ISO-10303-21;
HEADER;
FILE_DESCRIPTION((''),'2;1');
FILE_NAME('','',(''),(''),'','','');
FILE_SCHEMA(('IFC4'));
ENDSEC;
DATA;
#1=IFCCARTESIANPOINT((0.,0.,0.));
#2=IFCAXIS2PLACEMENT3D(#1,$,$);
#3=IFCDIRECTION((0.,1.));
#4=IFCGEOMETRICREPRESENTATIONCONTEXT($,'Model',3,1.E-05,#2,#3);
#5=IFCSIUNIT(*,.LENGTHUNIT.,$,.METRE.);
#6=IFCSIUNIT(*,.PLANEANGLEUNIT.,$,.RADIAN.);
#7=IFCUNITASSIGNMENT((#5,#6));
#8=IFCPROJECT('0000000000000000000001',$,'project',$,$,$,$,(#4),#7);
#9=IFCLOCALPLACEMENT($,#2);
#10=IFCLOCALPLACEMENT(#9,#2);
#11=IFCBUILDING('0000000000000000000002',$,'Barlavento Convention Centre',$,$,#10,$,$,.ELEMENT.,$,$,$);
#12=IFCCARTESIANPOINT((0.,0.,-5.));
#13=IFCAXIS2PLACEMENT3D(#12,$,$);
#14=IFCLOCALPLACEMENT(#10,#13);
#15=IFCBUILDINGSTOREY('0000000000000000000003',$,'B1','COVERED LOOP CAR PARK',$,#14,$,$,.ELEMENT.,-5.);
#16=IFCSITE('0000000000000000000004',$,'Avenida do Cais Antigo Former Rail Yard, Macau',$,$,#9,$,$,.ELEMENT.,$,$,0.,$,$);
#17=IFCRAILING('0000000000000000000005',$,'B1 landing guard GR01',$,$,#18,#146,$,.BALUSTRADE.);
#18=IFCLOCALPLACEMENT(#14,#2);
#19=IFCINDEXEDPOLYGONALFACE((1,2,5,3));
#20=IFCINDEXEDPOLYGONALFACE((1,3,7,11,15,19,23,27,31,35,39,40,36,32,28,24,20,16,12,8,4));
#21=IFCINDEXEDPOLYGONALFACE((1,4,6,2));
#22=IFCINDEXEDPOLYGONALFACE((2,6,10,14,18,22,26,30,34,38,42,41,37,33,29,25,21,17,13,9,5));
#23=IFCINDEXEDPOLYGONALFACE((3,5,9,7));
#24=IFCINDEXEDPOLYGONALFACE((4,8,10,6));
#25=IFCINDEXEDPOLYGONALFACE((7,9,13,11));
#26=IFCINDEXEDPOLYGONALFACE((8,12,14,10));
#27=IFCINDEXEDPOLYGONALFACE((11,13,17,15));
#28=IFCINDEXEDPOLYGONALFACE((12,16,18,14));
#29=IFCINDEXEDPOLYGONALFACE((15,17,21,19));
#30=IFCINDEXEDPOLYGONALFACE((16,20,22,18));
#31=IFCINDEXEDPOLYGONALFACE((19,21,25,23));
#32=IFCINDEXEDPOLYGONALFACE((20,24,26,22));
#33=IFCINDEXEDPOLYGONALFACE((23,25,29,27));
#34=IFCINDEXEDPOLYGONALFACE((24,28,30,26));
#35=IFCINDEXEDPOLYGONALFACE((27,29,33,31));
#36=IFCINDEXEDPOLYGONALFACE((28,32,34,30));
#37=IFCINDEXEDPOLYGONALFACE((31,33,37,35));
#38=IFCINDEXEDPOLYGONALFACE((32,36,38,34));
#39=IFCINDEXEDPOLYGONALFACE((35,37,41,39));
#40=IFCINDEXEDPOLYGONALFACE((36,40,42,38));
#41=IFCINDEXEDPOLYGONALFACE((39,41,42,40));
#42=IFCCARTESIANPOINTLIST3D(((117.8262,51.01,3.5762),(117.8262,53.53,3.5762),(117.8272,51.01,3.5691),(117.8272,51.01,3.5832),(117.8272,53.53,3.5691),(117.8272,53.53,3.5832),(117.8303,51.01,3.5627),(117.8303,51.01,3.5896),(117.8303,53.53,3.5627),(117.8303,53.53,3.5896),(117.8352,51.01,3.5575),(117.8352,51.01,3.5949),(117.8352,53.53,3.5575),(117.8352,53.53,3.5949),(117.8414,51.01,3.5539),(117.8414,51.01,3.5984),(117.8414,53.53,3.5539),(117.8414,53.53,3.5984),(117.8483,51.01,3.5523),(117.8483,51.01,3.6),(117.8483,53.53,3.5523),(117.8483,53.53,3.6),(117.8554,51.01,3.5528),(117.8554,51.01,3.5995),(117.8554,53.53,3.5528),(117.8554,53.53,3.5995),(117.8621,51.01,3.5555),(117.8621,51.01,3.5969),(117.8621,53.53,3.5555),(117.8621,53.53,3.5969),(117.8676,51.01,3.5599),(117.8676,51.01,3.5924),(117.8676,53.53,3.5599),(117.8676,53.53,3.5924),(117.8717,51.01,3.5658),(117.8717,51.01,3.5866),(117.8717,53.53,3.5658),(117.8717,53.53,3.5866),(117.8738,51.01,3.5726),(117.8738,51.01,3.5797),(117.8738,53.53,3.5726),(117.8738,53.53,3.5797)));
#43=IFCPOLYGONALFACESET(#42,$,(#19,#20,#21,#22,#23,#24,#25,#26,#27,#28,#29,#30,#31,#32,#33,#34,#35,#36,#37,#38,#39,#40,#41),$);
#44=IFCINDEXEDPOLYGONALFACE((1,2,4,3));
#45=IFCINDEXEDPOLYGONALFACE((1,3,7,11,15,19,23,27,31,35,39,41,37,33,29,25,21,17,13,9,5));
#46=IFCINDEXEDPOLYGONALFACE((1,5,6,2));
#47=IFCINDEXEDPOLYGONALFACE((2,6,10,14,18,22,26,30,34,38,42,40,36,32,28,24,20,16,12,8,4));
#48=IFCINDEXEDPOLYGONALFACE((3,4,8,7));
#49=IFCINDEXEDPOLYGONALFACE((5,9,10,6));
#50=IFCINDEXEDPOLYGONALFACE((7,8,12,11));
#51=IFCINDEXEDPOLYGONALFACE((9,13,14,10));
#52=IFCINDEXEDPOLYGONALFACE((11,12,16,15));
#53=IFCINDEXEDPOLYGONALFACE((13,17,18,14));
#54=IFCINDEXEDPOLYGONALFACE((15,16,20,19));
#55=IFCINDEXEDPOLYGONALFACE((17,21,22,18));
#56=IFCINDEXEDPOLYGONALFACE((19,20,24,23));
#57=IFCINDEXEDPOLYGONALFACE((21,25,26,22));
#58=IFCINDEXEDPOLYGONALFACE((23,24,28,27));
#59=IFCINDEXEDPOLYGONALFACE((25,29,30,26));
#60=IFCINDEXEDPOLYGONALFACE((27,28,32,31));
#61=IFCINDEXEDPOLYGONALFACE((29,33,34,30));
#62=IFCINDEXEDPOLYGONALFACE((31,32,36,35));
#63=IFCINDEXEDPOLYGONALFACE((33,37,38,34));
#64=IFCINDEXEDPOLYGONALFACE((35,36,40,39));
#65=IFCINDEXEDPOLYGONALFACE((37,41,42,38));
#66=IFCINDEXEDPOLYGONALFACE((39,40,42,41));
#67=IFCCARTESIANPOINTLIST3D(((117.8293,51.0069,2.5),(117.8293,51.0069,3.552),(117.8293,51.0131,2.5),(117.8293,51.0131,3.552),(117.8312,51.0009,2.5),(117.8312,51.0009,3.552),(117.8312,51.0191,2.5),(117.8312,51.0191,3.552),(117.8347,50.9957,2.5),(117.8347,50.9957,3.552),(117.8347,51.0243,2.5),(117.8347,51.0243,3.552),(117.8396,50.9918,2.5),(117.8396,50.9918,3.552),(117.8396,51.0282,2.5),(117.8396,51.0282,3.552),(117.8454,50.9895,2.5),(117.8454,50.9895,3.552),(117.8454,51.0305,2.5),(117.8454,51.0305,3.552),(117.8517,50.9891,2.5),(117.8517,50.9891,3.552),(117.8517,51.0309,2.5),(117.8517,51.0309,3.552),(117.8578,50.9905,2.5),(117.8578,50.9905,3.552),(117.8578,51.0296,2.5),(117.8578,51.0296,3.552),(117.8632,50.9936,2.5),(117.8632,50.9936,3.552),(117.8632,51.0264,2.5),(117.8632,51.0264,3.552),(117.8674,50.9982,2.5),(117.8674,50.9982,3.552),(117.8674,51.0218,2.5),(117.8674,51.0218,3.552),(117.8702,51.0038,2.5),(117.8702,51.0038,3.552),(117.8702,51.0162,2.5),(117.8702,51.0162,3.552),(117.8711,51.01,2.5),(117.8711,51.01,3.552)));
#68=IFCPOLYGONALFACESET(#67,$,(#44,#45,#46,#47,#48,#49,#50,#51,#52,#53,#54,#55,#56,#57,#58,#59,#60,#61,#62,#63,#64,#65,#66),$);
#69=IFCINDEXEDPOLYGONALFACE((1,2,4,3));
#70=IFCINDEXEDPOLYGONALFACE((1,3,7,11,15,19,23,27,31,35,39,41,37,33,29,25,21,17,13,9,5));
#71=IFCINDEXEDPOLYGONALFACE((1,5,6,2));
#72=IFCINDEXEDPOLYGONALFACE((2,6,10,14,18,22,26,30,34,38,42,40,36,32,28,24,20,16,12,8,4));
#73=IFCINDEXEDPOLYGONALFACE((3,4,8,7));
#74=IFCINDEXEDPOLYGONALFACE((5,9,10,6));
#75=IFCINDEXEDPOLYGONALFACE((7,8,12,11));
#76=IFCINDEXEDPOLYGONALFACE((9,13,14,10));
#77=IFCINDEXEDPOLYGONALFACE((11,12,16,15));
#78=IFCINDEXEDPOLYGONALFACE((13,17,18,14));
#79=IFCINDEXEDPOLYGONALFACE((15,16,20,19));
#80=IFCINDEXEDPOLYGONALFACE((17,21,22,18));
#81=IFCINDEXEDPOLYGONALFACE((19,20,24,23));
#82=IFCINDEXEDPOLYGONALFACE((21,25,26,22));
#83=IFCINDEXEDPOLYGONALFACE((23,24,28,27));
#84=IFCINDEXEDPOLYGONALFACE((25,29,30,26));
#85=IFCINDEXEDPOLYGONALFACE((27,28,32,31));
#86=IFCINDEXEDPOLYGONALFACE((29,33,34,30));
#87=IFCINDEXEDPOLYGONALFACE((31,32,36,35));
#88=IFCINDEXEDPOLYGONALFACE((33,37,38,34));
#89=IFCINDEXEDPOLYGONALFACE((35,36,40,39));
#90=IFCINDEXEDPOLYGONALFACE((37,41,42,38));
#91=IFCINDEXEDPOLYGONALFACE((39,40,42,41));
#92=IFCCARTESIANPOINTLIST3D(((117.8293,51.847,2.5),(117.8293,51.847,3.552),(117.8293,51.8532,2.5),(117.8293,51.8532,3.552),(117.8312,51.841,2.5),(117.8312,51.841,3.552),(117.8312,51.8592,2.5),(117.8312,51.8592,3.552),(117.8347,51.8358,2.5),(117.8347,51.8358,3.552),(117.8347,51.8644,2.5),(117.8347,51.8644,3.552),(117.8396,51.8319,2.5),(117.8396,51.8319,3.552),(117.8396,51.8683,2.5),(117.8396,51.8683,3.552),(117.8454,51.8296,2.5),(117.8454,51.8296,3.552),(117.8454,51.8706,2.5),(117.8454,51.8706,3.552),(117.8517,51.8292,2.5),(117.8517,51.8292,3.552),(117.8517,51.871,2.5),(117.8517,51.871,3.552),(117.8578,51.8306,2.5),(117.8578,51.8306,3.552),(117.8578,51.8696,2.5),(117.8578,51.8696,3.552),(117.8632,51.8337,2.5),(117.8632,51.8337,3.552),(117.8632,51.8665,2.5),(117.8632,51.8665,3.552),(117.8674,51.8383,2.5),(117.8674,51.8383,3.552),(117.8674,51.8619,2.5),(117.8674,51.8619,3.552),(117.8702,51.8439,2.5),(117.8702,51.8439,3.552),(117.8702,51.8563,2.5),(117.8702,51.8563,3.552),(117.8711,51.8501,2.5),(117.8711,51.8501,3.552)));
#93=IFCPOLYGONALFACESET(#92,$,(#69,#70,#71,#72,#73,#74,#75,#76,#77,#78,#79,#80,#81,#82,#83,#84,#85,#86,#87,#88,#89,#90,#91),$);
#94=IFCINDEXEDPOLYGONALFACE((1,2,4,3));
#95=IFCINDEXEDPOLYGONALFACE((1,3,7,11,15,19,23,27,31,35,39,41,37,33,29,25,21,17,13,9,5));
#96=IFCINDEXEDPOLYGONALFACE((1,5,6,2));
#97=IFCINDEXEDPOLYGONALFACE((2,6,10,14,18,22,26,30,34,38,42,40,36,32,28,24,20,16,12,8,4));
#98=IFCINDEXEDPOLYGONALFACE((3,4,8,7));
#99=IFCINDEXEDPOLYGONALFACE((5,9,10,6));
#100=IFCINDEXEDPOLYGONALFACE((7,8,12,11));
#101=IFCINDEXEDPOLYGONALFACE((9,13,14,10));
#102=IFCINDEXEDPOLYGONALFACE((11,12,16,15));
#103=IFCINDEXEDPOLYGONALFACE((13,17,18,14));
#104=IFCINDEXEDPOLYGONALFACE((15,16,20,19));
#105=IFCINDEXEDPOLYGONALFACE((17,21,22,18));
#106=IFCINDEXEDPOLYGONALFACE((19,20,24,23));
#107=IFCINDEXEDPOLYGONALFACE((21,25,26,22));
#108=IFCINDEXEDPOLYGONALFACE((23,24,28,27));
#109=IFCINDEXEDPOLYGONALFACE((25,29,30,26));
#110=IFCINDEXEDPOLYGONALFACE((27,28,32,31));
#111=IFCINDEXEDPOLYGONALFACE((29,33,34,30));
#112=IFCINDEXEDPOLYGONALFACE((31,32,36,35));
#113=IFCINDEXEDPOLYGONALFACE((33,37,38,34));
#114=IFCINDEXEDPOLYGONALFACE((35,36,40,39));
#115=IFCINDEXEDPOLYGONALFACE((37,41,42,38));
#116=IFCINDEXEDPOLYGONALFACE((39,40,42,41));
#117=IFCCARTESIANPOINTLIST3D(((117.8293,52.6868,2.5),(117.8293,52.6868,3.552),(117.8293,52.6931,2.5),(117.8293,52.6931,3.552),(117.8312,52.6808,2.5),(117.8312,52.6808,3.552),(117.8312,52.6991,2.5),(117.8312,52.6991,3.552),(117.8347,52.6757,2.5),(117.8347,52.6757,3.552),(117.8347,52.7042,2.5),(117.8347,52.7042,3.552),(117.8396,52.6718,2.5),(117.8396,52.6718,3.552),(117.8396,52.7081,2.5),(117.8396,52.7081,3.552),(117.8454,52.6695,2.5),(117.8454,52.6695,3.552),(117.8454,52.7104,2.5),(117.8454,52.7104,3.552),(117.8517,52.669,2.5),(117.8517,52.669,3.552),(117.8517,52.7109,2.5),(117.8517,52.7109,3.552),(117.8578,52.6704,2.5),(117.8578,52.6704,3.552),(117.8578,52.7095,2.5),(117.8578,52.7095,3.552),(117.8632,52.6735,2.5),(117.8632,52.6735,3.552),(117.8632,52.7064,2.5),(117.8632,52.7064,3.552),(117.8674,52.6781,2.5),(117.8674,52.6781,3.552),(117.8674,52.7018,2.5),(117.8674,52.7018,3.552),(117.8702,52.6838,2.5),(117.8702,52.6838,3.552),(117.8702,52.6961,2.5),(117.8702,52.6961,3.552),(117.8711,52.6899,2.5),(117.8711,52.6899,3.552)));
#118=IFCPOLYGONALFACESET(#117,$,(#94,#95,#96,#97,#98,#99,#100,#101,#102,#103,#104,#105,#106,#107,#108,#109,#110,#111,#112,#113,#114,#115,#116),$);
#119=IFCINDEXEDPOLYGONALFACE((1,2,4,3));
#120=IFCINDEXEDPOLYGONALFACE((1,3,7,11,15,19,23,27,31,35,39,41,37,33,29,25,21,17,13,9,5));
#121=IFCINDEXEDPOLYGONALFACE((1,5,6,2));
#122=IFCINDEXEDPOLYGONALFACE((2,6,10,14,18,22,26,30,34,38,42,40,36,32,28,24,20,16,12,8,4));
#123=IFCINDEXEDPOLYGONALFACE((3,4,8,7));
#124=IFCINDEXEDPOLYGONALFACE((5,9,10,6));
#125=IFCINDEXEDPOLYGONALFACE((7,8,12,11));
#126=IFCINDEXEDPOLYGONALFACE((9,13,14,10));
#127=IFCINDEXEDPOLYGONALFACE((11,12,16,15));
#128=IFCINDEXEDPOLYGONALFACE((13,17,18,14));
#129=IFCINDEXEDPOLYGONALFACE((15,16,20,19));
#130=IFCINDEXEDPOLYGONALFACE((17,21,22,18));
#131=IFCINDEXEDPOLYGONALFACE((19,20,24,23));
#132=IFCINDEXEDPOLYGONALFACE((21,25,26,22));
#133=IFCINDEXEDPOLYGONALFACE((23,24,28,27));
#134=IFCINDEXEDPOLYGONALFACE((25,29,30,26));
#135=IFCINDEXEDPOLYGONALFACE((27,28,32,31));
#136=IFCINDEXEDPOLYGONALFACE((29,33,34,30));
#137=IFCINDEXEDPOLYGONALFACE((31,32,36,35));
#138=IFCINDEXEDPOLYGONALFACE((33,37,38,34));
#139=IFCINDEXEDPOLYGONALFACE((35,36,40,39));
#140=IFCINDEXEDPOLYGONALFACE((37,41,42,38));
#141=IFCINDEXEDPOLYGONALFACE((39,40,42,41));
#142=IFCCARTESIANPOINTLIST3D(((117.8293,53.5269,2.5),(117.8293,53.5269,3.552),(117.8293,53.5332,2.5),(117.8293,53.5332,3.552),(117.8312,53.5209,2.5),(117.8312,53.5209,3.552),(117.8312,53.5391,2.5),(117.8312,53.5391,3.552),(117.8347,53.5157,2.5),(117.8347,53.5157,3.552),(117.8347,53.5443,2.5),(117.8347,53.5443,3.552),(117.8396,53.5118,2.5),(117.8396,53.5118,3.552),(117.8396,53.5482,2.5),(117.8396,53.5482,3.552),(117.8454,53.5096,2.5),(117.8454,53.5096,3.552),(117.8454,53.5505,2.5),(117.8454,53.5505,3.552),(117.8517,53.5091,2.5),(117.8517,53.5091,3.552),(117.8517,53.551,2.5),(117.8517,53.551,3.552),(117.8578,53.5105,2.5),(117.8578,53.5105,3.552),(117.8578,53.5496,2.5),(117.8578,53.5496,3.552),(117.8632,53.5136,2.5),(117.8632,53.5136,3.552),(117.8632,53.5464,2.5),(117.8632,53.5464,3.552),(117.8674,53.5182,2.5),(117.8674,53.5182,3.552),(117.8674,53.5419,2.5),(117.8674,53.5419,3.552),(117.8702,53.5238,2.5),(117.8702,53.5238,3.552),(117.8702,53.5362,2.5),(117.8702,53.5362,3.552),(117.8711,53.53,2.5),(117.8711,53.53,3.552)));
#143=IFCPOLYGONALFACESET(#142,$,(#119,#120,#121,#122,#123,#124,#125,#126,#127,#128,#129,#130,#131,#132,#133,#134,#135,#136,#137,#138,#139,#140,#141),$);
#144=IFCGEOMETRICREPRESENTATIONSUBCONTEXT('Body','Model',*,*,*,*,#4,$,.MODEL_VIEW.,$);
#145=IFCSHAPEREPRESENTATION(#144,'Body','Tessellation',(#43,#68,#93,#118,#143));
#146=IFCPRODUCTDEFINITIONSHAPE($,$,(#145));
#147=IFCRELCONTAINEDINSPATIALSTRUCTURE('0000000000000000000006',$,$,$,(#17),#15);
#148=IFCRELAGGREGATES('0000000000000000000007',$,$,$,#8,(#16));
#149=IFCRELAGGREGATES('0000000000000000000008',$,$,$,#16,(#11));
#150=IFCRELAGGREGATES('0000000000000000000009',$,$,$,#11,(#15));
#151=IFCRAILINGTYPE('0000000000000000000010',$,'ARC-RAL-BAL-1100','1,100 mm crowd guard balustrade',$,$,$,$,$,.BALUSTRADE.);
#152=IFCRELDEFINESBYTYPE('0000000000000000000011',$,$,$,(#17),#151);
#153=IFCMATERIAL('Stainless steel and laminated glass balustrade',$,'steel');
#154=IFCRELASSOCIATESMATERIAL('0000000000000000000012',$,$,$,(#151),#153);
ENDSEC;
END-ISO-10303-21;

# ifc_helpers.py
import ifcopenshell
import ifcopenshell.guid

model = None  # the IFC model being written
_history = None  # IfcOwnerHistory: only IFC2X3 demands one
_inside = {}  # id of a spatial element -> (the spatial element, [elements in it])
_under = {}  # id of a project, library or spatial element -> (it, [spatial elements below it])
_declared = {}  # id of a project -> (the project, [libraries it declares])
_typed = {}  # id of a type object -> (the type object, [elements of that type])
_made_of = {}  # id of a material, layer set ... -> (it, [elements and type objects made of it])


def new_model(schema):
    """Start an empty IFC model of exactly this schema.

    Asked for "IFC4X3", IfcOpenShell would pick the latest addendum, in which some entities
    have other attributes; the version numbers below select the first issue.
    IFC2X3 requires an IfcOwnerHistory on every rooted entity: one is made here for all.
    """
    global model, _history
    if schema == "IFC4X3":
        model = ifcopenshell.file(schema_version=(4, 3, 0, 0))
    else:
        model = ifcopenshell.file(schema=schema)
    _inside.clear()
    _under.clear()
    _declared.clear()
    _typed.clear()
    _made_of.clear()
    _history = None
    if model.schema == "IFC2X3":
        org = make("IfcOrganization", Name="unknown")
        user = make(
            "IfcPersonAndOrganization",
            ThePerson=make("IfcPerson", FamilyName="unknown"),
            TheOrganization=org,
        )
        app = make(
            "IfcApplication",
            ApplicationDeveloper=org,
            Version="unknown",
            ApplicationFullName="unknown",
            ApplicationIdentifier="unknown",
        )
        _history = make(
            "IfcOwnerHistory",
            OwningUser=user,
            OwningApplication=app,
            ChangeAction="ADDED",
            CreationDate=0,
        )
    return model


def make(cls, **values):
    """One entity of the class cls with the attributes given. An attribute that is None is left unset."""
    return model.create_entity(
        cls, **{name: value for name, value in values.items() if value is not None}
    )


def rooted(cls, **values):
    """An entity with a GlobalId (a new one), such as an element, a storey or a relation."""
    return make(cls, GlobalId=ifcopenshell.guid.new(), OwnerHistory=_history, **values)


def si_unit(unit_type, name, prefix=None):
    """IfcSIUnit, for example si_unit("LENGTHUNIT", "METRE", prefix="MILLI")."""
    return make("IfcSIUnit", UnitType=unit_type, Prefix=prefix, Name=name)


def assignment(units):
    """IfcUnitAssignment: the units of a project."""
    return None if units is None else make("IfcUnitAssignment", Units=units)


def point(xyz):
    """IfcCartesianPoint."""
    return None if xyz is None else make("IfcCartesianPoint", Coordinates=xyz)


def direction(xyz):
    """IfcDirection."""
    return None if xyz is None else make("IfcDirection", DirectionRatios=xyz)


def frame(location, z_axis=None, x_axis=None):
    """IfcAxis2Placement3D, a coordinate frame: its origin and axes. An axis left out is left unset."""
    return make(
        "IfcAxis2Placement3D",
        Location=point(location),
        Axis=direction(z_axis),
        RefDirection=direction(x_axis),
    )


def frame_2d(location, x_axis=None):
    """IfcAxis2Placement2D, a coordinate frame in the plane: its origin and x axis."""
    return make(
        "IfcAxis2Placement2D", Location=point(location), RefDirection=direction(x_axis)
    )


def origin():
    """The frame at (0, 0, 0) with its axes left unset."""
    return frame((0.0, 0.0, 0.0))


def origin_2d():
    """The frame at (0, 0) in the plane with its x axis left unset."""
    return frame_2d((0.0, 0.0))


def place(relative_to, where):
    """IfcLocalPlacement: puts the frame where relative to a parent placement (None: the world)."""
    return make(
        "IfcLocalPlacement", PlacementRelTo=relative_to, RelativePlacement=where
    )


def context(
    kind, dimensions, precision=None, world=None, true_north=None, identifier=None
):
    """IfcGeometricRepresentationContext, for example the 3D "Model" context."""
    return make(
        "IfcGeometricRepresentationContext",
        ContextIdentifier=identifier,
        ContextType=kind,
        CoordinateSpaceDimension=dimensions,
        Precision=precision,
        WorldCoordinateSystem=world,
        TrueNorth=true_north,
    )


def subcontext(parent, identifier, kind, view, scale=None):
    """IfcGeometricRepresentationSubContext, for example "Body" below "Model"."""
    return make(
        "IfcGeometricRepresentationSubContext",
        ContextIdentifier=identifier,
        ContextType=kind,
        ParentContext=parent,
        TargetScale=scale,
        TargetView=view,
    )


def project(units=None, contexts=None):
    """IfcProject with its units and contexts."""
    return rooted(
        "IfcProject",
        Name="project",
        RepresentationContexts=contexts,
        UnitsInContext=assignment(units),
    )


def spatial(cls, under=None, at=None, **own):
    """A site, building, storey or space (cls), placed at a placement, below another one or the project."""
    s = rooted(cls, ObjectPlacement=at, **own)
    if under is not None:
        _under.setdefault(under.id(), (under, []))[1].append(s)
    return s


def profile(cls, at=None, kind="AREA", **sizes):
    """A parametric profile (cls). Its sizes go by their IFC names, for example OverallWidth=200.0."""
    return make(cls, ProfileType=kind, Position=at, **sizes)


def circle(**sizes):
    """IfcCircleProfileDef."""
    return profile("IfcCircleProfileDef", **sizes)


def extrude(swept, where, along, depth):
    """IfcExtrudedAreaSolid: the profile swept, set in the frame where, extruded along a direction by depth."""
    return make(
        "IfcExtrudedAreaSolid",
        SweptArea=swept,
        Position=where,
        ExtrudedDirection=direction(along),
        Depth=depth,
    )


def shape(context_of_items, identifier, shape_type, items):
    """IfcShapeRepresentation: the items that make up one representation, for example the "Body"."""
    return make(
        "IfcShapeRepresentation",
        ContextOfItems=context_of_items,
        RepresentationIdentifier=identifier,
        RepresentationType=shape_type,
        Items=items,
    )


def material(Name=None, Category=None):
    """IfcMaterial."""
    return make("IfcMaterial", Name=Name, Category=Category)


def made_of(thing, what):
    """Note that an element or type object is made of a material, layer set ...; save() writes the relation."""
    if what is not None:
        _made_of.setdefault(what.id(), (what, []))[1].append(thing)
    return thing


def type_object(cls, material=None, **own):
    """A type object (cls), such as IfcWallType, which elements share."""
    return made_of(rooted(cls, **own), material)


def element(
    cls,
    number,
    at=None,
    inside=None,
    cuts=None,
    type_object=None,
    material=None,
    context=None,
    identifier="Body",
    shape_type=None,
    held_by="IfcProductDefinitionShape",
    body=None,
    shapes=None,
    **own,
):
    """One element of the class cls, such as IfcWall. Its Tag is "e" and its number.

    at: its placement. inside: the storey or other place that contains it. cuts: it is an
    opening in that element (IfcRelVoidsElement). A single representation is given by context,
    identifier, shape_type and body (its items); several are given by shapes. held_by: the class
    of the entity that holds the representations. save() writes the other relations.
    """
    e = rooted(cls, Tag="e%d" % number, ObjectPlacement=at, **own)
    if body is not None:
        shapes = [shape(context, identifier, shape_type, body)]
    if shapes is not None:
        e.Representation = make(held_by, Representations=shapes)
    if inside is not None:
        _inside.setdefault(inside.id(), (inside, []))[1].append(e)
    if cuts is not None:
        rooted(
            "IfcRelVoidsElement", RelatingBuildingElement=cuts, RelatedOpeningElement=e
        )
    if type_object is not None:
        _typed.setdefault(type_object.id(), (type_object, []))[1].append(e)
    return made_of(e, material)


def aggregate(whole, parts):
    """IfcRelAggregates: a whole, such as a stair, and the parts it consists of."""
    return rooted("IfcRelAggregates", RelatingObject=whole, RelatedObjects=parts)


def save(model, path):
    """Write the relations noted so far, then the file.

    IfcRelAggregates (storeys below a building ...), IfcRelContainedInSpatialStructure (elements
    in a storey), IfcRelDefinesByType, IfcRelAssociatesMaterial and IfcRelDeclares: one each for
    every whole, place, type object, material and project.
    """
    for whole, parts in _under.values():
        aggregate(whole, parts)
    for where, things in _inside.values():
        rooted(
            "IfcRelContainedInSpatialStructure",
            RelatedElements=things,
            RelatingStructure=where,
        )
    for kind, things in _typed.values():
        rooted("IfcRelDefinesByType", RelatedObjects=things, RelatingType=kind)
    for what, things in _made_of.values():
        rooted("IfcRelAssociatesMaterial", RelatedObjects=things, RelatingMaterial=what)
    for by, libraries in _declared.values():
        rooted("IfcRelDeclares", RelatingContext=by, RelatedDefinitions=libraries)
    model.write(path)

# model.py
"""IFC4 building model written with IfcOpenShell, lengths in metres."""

from ifc_helpers import new_model, si_unit, direction, frame, origin, origin_2d, place, context, subcontext, project, spatial, circle, extrude, material, type_object, element, save


model = new_model("IFC4")

# Units and contexts
model_context = context("Model", 3, precision=1e-05, world=origin(), true_north=direction((0.0, 1.0)))
body_context = subcontext(model_context, "Body", "Model", "MODEL_VIEW")
ifc_project = project(units=[si_unit("LENGTHUNIT", "METRE"), si_unit("PLANEANGLEUNIT", "RADIAN")], contexts=[model_context])

# Site, building, storey
site_placement = place(None, origin())
site = spatial("IfcSite", under=ifc_project, at=site_placement, Name="Avenida do Cais Antigo Former Rail Yard, Macau", CompositionType="ELEMENT", RefElevation=0.0)
building_placement = place(site_placement, origin())
building = spatial("IfcBuilding", under=site, at=building_placement, Name="Barlavento Convention Centre", CompositionType="ELEMENT")
storey_placement = place(building_placement, frame((0.0, 0.0, -5.0)))
storey = spatial("IfcBuildingStorey", under=building, at=storey_placement, Name="B1", Description="COVERED LOOP CAR PARK", CompositionType="ELEMENT", Elevation=-5.0)

# Railing
ifc_material_1 = material(Name="Stainless steel and laminated glass balustrade", Category="steel")
railing_type_1 = type_object("IfcRailingType", Name="ARC-RAL-BAL-1100", Description="1,100 mm crowd guard balustrade", PredefinedType="BALUSTRADE", material=ifc_material_1)
railing_1_placement = place(storey_placement, frame((117.8501, 51.01, 2.5)))
element("IfcRailing", 1, at=railing_1_placement, inside=storey, type_object=railing_type_1, Name="B1 landing guard GR01", PredefinedType="BALUSTRADE", context=body_context, shape_type="SweptSolid", body=[
    extrude(circle(Radius=0.0239, at=origin_2d()), frame((0.0, 0.0, 1.0762), z_axis=(0.0, 1.0, 0.0), x_axis=(-1.0, 0.0, 0.0)), (0.0, 0.0, 1.0), 2.52),
    extrude(circle(Radius=0.021, at=origin_2d()), origin(), (0.0, 0.0, 1.0), 1.052),
    extrude(circle(Radius=0.021, at=origin_2d()), frame((0.0, 0.8401, 0.0)), (0.0, 0.0, 1.0), 1.052),
    extrude(circle(Radius=0.021, at=origin_2d()), frame((0.0, 1.6799, 0.0)), (0.0, 0.0, 1.0), 1.052),
    extrude(circle(Radius=0.021, at=origin_2d()), frame((0.0, 2.52, 0.0)), (0.0, 0.0, 1.0), 1.052),
])

save(model, "model.ifc")
